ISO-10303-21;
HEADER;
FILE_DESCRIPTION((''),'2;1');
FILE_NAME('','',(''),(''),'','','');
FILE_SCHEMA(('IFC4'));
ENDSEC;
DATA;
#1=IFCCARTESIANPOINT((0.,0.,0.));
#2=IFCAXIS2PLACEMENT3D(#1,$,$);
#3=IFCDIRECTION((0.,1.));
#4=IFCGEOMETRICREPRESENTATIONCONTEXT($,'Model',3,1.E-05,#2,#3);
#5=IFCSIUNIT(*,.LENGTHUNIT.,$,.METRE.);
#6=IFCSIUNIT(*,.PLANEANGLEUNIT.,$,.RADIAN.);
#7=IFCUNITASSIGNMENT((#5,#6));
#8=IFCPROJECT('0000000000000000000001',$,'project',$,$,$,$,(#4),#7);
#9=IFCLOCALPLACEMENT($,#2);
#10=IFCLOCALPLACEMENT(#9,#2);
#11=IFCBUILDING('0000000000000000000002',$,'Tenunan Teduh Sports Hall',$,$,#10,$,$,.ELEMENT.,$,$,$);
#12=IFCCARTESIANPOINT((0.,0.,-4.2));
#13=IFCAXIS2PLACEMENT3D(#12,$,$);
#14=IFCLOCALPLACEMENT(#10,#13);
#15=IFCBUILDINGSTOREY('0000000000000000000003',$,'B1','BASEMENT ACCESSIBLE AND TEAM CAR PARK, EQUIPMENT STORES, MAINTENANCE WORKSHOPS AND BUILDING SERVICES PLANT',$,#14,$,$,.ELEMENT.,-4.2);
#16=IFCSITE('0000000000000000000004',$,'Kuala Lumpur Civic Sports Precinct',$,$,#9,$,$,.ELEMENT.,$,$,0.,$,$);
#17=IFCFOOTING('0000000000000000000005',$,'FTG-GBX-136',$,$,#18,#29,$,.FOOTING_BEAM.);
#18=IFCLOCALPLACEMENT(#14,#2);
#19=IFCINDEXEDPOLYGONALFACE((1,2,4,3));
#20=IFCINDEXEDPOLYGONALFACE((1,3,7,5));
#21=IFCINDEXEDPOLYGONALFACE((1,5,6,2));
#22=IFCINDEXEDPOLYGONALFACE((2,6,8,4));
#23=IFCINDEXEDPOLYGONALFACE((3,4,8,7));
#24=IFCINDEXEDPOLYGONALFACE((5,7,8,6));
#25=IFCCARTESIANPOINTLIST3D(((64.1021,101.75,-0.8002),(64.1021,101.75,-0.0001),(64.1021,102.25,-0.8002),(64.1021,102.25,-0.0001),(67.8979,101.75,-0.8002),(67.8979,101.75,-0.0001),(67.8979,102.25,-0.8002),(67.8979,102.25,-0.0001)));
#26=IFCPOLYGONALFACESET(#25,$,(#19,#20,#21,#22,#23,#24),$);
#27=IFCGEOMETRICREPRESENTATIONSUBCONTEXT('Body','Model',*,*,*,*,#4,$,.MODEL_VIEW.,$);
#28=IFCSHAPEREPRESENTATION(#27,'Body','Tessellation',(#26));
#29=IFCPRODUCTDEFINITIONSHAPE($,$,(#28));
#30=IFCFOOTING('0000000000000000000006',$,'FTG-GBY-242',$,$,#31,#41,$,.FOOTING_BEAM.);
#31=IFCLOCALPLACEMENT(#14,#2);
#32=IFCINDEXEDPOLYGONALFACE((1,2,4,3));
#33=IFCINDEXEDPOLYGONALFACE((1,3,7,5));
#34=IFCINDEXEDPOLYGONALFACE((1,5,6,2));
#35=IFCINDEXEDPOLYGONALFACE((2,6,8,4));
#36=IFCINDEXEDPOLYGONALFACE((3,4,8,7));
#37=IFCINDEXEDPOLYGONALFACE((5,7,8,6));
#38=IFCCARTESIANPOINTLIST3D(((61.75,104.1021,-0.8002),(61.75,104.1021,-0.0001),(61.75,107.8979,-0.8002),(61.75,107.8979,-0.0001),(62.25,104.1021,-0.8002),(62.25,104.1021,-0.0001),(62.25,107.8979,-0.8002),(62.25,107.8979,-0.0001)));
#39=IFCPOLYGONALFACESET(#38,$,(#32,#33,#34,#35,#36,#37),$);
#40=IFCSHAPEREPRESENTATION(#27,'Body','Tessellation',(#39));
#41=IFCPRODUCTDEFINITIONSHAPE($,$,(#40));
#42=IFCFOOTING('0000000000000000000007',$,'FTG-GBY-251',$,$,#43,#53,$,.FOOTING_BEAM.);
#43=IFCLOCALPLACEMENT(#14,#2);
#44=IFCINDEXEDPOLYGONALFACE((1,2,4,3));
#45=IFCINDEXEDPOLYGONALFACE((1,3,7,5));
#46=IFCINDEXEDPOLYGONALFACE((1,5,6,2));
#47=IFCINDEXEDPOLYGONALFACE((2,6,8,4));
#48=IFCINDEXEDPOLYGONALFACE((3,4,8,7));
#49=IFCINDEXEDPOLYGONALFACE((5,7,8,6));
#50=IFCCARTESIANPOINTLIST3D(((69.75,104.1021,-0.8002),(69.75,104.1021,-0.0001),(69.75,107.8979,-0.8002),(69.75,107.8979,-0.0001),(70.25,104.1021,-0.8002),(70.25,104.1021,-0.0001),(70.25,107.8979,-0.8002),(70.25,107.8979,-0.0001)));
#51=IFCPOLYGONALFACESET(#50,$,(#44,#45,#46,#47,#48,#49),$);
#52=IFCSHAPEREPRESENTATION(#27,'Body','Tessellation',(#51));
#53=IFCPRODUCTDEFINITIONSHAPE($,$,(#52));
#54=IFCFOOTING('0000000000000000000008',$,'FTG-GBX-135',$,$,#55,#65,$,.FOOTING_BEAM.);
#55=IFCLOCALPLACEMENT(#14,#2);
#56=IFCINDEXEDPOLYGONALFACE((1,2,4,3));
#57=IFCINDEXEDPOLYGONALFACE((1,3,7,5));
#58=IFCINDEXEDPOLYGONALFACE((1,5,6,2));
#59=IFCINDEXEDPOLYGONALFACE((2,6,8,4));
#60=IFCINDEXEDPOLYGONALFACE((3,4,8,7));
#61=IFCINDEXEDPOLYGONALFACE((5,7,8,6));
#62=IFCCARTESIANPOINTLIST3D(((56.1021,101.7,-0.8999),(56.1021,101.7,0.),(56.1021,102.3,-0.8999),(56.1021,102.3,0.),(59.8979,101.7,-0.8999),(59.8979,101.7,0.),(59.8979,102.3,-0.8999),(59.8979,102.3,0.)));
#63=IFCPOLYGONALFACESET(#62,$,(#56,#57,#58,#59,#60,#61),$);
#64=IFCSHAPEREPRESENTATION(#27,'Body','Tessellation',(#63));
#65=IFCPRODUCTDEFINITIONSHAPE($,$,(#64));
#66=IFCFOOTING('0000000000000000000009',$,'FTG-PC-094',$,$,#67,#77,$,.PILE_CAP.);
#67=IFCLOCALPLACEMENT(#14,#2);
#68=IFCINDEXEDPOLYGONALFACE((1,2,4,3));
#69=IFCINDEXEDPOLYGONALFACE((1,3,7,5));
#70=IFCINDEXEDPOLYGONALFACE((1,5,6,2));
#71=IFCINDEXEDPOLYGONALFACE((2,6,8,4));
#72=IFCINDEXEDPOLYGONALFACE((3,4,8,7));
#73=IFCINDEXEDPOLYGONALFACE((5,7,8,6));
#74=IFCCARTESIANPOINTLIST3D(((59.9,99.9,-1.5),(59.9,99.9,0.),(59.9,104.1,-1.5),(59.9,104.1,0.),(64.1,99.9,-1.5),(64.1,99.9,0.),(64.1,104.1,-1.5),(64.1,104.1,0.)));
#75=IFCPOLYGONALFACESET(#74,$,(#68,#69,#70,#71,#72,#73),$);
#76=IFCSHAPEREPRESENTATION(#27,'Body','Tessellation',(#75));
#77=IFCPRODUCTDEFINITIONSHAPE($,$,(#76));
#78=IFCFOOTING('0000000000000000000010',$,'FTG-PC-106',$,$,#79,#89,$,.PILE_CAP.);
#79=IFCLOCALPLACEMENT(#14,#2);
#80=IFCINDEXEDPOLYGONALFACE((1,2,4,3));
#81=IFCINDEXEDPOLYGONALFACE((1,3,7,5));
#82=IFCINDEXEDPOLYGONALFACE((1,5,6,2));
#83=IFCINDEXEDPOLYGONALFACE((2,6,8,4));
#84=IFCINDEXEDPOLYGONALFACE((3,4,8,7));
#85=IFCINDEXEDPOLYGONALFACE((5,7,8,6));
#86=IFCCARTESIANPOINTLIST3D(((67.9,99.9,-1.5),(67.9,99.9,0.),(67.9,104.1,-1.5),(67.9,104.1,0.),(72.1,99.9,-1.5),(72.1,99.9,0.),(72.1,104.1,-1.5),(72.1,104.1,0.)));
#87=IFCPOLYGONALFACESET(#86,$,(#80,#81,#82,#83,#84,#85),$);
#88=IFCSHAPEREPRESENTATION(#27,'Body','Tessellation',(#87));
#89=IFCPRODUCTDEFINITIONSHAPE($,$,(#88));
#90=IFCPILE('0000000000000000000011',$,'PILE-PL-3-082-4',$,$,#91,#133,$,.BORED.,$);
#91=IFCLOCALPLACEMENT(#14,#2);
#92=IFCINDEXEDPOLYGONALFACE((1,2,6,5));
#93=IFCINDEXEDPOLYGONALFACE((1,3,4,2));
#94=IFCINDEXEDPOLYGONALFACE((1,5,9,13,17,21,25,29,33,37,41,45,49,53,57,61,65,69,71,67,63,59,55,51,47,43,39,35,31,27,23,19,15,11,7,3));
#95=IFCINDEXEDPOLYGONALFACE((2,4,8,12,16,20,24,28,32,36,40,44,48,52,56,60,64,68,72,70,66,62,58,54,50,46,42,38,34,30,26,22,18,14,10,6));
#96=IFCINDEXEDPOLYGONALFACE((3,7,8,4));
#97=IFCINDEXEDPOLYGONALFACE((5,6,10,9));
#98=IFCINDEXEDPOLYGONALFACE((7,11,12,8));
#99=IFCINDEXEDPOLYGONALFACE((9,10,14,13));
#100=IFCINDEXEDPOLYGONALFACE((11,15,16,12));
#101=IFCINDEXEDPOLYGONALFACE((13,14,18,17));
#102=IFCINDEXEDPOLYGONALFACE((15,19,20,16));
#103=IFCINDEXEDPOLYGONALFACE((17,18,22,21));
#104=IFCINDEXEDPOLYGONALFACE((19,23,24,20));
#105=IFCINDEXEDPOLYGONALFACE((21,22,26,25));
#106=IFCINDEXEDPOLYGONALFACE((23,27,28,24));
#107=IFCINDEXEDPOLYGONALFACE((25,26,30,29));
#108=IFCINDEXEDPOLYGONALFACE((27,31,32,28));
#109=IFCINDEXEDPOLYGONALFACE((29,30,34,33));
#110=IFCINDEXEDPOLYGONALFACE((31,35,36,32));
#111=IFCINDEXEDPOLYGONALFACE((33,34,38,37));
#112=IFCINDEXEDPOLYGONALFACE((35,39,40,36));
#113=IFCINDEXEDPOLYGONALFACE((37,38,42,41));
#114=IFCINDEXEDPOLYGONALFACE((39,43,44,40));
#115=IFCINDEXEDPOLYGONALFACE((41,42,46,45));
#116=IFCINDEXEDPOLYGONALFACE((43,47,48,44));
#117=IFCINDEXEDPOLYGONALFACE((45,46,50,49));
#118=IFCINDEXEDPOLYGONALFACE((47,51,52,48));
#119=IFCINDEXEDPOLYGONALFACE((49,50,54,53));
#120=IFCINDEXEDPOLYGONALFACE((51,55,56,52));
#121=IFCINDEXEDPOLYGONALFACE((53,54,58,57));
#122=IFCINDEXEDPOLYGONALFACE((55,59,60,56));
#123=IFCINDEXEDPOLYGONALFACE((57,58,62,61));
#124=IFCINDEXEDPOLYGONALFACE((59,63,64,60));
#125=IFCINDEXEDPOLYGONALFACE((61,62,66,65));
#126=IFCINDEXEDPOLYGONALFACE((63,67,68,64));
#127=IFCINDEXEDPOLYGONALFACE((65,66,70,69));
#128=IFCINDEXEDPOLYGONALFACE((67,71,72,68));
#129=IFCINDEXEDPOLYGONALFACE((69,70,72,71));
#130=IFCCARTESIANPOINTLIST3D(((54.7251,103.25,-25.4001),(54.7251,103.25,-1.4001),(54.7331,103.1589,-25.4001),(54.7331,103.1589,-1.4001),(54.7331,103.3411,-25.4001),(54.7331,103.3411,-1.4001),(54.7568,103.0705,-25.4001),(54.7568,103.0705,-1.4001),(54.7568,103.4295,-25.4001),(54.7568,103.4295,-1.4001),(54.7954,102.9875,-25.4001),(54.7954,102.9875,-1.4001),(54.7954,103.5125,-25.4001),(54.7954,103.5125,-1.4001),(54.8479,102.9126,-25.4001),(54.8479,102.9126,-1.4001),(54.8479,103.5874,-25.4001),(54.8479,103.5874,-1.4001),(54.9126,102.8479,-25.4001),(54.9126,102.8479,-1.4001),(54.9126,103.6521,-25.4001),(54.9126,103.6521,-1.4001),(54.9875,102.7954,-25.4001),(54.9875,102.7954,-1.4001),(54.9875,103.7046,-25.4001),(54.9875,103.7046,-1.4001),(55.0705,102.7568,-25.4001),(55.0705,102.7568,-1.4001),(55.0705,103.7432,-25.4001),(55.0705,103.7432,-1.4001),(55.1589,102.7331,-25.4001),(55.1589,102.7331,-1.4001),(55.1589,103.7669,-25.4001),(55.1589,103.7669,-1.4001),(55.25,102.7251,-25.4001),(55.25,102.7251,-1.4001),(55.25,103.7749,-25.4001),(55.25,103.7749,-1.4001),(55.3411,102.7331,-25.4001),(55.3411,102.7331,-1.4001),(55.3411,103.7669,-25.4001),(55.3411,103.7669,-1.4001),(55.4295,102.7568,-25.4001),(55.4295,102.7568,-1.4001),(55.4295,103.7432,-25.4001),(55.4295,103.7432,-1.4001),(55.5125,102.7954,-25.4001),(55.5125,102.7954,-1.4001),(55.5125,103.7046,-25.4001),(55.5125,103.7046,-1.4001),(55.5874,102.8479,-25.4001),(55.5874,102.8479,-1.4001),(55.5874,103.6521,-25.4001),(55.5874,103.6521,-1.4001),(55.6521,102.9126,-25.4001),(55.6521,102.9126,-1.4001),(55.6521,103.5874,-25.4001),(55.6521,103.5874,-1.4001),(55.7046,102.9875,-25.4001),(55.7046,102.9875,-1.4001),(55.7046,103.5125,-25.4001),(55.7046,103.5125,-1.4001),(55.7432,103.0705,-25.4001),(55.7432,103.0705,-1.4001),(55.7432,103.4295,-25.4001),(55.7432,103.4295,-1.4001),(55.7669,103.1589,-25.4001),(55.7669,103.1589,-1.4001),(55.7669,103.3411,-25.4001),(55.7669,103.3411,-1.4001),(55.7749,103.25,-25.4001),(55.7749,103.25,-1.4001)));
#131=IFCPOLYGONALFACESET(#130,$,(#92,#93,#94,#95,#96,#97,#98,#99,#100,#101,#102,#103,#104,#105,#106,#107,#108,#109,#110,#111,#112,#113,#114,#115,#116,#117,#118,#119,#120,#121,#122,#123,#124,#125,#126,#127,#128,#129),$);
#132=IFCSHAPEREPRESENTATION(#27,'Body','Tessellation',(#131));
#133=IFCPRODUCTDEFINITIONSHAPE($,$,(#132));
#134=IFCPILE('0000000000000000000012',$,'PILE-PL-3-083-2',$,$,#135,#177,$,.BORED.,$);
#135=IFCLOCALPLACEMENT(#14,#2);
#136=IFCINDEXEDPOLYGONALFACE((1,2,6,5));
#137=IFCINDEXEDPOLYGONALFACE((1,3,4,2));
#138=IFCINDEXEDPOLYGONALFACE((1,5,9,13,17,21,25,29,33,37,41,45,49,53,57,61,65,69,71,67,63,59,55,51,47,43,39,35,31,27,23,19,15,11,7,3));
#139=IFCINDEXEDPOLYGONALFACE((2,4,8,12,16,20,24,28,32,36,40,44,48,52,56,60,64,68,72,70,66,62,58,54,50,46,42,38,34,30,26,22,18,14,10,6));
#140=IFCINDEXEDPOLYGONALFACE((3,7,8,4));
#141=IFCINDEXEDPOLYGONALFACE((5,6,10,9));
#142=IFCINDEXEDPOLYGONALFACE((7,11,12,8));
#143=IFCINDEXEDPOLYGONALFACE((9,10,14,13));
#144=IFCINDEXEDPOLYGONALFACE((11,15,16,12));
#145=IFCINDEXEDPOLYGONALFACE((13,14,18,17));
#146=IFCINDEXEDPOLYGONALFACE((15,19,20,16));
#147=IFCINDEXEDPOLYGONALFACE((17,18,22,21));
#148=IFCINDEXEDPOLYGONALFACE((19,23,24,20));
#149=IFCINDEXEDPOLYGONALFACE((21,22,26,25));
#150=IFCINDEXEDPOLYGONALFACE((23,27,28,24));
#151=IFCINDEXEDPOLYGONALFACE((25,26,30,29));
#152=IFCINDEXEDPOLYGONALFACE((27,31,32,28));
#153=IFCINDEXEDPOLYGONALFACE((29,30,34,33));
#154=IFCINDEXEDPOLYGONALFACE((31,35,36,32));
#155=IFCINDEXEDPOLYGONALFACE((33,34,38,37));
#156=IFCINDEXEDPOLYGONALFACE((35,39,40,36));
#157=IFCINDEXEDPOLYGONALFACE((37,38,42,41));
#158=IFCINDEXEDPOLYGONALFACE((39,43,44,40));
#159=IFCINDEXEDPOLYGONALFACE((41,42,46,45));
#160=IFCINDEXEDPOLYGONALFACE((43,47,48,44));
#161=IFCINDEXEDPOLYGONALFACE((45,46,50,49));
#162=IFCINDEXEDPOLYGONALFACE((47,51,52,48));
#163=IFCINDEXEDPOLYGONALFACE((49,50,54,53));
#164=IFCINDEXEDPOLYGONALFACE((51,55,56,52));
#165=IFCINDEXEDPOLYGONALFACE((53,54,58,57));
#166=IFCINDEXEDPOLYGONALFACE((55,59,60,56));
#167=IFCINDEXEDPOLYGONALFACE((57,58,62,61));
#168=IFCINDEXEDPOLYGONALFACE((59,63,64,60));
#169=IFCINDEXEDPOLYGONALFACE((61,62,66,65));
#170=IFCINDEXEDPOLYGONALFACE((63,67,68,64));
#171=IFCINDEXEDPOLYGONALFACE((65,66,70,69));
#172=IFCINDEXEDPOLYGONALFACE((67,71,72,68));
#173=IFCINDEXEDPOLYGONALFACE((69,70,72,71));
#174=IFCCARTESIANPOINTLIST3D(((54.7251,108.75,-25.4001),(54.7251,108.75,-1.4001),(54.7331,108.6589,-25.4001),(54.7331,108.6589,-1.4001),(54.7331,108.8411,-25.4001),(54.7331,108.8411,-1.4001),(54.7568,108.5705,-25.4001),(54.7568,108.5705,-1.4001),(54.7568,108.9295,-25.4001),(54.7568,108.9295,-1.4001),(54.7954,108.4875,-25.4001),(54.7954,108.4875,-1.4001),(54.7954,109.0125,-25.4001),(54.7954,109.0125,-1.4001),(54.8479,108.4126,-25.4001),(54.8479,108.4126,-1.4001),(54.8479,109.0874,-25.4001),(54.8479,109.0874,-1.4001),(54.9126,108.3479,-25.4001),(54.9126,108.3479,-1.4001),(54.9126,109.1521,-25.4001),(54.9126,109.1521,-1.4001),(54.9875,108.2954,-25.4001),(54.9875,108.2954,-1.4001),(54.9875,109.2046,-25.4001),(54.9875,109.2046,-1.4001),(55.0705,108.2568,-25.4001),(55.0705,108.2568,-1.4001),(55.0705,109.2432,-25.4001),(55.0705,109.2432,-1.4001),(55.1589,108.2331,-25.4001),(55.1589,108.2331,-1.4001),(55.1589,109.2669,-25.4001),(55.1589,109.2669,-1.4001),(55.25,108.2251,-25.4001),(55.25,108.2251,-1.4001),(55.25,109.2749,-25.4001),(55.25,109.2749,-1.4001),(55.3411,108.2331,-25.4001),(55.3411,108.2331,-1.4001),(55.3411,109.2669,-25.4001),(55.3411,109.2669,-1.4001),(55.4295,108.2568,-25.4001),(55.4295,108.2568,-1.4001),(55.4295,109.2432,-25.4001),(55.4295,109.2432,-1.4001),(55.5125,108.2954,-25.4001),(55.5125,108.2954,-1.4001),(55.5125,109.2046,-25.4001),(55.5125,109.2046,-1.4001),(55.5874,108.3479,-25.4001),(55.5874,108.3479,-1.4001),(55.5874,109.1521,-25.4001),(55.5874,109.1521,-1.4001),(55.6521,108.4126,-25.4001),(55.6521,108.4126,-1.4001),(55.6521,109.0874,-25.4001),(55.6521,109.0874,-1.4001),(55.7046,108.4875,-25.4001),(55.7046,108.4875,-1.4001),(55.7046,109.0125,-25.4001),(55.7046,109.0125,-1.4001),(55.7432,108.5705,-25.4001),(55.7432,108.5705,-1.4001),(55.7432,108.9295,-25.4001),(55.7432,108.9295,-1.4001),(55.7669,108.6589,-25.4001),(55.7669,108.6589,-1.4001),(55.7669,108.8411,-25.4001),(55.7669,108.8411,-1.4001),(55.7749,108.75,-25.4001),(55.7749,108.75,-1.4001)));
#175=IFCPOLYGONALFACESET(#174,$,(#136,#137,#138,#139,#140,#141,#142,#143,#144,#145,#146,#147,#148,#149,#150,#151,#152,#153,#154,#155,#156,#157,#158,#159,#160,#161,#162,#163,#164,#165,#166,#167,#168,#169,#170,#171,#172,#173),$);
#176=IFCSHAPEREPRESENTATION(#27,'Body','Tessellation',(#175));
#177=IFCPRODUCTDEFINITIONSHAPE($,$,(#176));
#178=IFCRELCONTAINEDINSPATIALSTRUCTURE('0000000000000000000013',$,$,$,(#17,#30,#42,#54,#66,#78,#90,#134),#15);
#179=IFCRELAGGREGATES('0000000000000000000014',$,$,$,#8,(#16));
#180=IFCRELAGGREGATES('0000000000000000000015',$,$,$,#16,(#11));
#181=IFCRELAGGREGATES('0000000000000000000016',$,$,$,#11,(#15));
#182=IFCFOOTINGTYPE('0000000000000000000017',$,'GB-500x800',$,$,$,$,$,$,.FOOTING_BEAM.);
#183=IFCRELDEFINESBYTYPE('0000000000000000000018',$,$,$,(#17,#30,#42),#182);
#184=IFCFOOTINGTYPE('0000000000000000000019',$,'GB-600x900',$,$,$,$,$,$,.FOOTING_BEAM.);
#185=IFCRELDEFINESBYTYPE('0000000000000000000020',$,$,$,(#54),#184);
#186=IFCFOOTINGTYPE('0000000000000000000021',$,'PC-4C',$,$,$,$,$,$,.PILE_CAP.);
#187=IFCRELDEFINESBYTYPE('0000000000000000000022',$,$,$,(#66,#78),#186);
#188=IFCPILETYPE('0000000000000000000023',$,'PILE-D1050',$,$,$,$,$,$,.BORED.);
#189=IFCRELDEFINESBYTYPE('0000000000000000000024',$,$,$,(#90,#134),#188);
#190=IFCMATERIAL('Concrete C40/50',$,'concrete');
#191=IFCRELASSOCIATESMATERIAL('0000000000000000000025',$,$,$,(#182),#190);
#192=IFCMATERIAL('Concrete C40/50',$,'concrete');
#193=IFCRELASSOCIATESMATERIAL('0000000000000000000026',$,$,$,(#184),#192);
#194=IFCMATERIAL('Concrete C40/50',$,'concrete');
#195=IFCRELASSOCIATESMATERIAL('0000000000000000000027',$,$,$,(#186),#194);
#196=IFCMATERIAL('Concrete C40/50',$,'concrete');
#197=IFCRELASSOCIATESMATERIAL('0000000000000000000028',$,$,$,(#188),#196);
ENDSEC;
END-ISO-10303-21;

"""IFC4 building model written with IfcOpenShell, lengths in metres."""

from ifc_helpers import new_model, si_unit, direction, frame, origin, origin_2d, place, context, subcontext, project, spatial, rectangle, circle, extrude, material, material_profile, profile_set, type_object, element, save


model = new_model("IFC4")

# Units and contexts
model_context = context("Model", 3, precision=1e-05, world=origin(), true_north=direction((0.0, 1.0)))
body_context = subcontext(model_context, "Body", "Model", "MODEL_VIEW")
ifc_project = project(units=[si_unit("LENGTHUNIT", "METRE"), si_unit("PLANEANGLEUNIT", "RADIAN")], contexts=[model_context])

# Site, building, storey
site_placement = place(None, origin())
site = spatial("IfcSite", under=ifc_project, at=site_placement, Name="Kuala Lumpur Civic Sports Precinct", CompositionType="ELEMENT", RefElevation=0.0)
building_placement = place(site_placement, origin())
building = spatial("IfcBuilding", under=site, at=building_placement, Name="Tenunan Teduh Sports Hall", CompositionType="ELEMENT")
storey_placement = place(building_placement, frame((0.0, 0.0, -4.2)))
storey = spatial("IfcBuildingStorey", under=building, at=storey_placement, Name="B1", Description="BASEMENT ACCESSIBLE AND TEAM CAR PARK, EQUIPMENT STORES, MAINTENANCE WORKSHOPS AND BUILDING SERVICES PLANT", CompositionType="ELEMENT", Elevation=-4.2)

# Footings
ifc_material_1 = material(Name="Concrete C40/50", Category="concrete")
ifc_material_profile_1 = material_profile(ifc_material_1, rectangle(XDim=0.5, YDim=0.8, at=origin_2d()), Name="RCB 500x800")
ifc_profile_set_1 = profile_set([ifc_material_profile_1], Name="Concrete C40/50")
footing_type_1 = type_object("IfcFootingType", Name="GB-500x800", PredefinedType="FOOTING_BEAM", material=ifc_profile_set_1)
for number, where, z_axis, x_axis, name in (
    (1, (64.1021, 102.0, -0.4001), (1.0, 0.0, 0.0), (0.0, 1.0, 0.0), "FTG-GBX-136"),
    (2, (62.0, 104.1021, -0.4001), (0.0, 1.0, 0.0), (-1.0, 0.0, 0.0), "FTG-GBY-242"),
    (3, (70.0, 104.1021, -0.4001), (0.0, 1.0, 0.0), (-1.0, 0.0, 0.0), "FTG-GBY-251"),
):
    element("IfcFooting", number, at=place(storey_placement, frame(where, z_axis=z_axis, x_axis=x_axis)), inside=storey, type_object=footing_type_1, Name=name, PredefinedType="FOOTING_BEAM", context=body_context, shape_type="SweptSolid", body=[
        extrude(rectangle(XDim=0.5, YDim=0.8, at=origin_2d()), origin(), (0.0, 0.0, 1.0), 3.7959),
    ])
ifc_material_2 = material(Name="Concrete C40/50", Category="concrete")
ifc_material_profile_2 = material_profile(ifc_material_2, rectangle(XDim=0.6001, YDim=0.8999, at=origin_2d()), Name="RCB 600x900")
ifc_profile_set_2 = profile_set([ifc_material_profile_2], Name="Concrete C40/50")
footing_type_2 = type_object("IfcFootingType", Name="GB-600x900", PredefinedType="FOOTING_BEAM", material=ifc_profile_set_2)
footing_placement = place(storey_placement, frame((56.1021, 102.0, -0.45), z_axis=(1.0, 0.0, 0.0), x_axis=(0.0, 1.0, 0.0)))
element("IfcFooting", 4, at=footing_placement, inside=storey, type_object=footing_type_2, Name="FTG-GBX-135", PredefinedType="FOOTING_BEAM", context=body_context, shape_type="SweptSolid", body=[
    extrude(rectangle(XDim=0.6001, YDim=0.8999, at=origin_2d()), origin(), (0.0, 0.0, 1.0), 3.7959),
])
ifc_material_3 = material(Name="Concrete C40/50", Category="concrete")
footing_type_3 = type_object("IfcFootingType", Name="PC-4C", PredefinedType="PILE_CAP", material=ifc_material_3)
for number, where, z_axis, x_axis, name in (
    (5, (62.0, 102.0, -1.5), (0.0, 0.0, 1.0), (1.0, 0.0, 0.0), "FTG-PC-094"),
    (6, (70.0, 102.0, -1.5), (0.0, 0.0, 1.0), (1.0, 0.0, 0.0), "FTG-PC-106"),
):
    element("IfcFooting", number, at=place(storey_placement, frame(where, z_axis=z_axis, x_axis=x_axis)), inside=storey, type_object=footing_type_3, Name=name, PredefinedType="PILE_CAP", context=body_context, shape_type="SweptSolid", body=[
        extrude(rectangle(XDim=4.2, YDim=4.2, at=origin_2d()), origin(), (0.0, 0.0, 1.0), 1.5),
    ])

# Piles
ifc_material_4 = material(Name="Concrete C40/50", Category="concrete")
ifc_material_profile_3 = material_profile(ifc_material_4, circle(Radius=0.5249, at=origin_2d()), Name="PILE D1050")
ifc_profile_set_3 = profile_set([ifc_material_profile_3], Name="Concrete C40/50")
pile_type = type_object("IfcPileType", Name="PILE-D1050", PredefinedType="BORED", material=ifc_profile_set_3)
for number, where, z_axis, x_axis, name in (
    (7, (55.25, 103.25, -1.4001), (0.0, 0.0, -1.0), (1.0, 0.0, 0.0), "PILE-PL-3-082-4"),
    (8, (55.25, 108.75, -1.4001), (0.0, 0.0, -1.0), (1.0, 0.0, 0.0), "PILE-PL-3-083-2"),
):
    element("IfcPile", number, at=place(storey_placement, frame(where, z_axis=z_axis, x_axis=x_axis)), inside=storey, type_object=pile_type, Name=name, PredefinedType="BORED", context=body_context, shape_type="SweptSolid", body=[
        extrude(circle(Radius=0.5249, at=origin_2d()), origin(), (0.0, 0.0, 1.0), 24.0),
    ])

save(model, "model.ifc")
